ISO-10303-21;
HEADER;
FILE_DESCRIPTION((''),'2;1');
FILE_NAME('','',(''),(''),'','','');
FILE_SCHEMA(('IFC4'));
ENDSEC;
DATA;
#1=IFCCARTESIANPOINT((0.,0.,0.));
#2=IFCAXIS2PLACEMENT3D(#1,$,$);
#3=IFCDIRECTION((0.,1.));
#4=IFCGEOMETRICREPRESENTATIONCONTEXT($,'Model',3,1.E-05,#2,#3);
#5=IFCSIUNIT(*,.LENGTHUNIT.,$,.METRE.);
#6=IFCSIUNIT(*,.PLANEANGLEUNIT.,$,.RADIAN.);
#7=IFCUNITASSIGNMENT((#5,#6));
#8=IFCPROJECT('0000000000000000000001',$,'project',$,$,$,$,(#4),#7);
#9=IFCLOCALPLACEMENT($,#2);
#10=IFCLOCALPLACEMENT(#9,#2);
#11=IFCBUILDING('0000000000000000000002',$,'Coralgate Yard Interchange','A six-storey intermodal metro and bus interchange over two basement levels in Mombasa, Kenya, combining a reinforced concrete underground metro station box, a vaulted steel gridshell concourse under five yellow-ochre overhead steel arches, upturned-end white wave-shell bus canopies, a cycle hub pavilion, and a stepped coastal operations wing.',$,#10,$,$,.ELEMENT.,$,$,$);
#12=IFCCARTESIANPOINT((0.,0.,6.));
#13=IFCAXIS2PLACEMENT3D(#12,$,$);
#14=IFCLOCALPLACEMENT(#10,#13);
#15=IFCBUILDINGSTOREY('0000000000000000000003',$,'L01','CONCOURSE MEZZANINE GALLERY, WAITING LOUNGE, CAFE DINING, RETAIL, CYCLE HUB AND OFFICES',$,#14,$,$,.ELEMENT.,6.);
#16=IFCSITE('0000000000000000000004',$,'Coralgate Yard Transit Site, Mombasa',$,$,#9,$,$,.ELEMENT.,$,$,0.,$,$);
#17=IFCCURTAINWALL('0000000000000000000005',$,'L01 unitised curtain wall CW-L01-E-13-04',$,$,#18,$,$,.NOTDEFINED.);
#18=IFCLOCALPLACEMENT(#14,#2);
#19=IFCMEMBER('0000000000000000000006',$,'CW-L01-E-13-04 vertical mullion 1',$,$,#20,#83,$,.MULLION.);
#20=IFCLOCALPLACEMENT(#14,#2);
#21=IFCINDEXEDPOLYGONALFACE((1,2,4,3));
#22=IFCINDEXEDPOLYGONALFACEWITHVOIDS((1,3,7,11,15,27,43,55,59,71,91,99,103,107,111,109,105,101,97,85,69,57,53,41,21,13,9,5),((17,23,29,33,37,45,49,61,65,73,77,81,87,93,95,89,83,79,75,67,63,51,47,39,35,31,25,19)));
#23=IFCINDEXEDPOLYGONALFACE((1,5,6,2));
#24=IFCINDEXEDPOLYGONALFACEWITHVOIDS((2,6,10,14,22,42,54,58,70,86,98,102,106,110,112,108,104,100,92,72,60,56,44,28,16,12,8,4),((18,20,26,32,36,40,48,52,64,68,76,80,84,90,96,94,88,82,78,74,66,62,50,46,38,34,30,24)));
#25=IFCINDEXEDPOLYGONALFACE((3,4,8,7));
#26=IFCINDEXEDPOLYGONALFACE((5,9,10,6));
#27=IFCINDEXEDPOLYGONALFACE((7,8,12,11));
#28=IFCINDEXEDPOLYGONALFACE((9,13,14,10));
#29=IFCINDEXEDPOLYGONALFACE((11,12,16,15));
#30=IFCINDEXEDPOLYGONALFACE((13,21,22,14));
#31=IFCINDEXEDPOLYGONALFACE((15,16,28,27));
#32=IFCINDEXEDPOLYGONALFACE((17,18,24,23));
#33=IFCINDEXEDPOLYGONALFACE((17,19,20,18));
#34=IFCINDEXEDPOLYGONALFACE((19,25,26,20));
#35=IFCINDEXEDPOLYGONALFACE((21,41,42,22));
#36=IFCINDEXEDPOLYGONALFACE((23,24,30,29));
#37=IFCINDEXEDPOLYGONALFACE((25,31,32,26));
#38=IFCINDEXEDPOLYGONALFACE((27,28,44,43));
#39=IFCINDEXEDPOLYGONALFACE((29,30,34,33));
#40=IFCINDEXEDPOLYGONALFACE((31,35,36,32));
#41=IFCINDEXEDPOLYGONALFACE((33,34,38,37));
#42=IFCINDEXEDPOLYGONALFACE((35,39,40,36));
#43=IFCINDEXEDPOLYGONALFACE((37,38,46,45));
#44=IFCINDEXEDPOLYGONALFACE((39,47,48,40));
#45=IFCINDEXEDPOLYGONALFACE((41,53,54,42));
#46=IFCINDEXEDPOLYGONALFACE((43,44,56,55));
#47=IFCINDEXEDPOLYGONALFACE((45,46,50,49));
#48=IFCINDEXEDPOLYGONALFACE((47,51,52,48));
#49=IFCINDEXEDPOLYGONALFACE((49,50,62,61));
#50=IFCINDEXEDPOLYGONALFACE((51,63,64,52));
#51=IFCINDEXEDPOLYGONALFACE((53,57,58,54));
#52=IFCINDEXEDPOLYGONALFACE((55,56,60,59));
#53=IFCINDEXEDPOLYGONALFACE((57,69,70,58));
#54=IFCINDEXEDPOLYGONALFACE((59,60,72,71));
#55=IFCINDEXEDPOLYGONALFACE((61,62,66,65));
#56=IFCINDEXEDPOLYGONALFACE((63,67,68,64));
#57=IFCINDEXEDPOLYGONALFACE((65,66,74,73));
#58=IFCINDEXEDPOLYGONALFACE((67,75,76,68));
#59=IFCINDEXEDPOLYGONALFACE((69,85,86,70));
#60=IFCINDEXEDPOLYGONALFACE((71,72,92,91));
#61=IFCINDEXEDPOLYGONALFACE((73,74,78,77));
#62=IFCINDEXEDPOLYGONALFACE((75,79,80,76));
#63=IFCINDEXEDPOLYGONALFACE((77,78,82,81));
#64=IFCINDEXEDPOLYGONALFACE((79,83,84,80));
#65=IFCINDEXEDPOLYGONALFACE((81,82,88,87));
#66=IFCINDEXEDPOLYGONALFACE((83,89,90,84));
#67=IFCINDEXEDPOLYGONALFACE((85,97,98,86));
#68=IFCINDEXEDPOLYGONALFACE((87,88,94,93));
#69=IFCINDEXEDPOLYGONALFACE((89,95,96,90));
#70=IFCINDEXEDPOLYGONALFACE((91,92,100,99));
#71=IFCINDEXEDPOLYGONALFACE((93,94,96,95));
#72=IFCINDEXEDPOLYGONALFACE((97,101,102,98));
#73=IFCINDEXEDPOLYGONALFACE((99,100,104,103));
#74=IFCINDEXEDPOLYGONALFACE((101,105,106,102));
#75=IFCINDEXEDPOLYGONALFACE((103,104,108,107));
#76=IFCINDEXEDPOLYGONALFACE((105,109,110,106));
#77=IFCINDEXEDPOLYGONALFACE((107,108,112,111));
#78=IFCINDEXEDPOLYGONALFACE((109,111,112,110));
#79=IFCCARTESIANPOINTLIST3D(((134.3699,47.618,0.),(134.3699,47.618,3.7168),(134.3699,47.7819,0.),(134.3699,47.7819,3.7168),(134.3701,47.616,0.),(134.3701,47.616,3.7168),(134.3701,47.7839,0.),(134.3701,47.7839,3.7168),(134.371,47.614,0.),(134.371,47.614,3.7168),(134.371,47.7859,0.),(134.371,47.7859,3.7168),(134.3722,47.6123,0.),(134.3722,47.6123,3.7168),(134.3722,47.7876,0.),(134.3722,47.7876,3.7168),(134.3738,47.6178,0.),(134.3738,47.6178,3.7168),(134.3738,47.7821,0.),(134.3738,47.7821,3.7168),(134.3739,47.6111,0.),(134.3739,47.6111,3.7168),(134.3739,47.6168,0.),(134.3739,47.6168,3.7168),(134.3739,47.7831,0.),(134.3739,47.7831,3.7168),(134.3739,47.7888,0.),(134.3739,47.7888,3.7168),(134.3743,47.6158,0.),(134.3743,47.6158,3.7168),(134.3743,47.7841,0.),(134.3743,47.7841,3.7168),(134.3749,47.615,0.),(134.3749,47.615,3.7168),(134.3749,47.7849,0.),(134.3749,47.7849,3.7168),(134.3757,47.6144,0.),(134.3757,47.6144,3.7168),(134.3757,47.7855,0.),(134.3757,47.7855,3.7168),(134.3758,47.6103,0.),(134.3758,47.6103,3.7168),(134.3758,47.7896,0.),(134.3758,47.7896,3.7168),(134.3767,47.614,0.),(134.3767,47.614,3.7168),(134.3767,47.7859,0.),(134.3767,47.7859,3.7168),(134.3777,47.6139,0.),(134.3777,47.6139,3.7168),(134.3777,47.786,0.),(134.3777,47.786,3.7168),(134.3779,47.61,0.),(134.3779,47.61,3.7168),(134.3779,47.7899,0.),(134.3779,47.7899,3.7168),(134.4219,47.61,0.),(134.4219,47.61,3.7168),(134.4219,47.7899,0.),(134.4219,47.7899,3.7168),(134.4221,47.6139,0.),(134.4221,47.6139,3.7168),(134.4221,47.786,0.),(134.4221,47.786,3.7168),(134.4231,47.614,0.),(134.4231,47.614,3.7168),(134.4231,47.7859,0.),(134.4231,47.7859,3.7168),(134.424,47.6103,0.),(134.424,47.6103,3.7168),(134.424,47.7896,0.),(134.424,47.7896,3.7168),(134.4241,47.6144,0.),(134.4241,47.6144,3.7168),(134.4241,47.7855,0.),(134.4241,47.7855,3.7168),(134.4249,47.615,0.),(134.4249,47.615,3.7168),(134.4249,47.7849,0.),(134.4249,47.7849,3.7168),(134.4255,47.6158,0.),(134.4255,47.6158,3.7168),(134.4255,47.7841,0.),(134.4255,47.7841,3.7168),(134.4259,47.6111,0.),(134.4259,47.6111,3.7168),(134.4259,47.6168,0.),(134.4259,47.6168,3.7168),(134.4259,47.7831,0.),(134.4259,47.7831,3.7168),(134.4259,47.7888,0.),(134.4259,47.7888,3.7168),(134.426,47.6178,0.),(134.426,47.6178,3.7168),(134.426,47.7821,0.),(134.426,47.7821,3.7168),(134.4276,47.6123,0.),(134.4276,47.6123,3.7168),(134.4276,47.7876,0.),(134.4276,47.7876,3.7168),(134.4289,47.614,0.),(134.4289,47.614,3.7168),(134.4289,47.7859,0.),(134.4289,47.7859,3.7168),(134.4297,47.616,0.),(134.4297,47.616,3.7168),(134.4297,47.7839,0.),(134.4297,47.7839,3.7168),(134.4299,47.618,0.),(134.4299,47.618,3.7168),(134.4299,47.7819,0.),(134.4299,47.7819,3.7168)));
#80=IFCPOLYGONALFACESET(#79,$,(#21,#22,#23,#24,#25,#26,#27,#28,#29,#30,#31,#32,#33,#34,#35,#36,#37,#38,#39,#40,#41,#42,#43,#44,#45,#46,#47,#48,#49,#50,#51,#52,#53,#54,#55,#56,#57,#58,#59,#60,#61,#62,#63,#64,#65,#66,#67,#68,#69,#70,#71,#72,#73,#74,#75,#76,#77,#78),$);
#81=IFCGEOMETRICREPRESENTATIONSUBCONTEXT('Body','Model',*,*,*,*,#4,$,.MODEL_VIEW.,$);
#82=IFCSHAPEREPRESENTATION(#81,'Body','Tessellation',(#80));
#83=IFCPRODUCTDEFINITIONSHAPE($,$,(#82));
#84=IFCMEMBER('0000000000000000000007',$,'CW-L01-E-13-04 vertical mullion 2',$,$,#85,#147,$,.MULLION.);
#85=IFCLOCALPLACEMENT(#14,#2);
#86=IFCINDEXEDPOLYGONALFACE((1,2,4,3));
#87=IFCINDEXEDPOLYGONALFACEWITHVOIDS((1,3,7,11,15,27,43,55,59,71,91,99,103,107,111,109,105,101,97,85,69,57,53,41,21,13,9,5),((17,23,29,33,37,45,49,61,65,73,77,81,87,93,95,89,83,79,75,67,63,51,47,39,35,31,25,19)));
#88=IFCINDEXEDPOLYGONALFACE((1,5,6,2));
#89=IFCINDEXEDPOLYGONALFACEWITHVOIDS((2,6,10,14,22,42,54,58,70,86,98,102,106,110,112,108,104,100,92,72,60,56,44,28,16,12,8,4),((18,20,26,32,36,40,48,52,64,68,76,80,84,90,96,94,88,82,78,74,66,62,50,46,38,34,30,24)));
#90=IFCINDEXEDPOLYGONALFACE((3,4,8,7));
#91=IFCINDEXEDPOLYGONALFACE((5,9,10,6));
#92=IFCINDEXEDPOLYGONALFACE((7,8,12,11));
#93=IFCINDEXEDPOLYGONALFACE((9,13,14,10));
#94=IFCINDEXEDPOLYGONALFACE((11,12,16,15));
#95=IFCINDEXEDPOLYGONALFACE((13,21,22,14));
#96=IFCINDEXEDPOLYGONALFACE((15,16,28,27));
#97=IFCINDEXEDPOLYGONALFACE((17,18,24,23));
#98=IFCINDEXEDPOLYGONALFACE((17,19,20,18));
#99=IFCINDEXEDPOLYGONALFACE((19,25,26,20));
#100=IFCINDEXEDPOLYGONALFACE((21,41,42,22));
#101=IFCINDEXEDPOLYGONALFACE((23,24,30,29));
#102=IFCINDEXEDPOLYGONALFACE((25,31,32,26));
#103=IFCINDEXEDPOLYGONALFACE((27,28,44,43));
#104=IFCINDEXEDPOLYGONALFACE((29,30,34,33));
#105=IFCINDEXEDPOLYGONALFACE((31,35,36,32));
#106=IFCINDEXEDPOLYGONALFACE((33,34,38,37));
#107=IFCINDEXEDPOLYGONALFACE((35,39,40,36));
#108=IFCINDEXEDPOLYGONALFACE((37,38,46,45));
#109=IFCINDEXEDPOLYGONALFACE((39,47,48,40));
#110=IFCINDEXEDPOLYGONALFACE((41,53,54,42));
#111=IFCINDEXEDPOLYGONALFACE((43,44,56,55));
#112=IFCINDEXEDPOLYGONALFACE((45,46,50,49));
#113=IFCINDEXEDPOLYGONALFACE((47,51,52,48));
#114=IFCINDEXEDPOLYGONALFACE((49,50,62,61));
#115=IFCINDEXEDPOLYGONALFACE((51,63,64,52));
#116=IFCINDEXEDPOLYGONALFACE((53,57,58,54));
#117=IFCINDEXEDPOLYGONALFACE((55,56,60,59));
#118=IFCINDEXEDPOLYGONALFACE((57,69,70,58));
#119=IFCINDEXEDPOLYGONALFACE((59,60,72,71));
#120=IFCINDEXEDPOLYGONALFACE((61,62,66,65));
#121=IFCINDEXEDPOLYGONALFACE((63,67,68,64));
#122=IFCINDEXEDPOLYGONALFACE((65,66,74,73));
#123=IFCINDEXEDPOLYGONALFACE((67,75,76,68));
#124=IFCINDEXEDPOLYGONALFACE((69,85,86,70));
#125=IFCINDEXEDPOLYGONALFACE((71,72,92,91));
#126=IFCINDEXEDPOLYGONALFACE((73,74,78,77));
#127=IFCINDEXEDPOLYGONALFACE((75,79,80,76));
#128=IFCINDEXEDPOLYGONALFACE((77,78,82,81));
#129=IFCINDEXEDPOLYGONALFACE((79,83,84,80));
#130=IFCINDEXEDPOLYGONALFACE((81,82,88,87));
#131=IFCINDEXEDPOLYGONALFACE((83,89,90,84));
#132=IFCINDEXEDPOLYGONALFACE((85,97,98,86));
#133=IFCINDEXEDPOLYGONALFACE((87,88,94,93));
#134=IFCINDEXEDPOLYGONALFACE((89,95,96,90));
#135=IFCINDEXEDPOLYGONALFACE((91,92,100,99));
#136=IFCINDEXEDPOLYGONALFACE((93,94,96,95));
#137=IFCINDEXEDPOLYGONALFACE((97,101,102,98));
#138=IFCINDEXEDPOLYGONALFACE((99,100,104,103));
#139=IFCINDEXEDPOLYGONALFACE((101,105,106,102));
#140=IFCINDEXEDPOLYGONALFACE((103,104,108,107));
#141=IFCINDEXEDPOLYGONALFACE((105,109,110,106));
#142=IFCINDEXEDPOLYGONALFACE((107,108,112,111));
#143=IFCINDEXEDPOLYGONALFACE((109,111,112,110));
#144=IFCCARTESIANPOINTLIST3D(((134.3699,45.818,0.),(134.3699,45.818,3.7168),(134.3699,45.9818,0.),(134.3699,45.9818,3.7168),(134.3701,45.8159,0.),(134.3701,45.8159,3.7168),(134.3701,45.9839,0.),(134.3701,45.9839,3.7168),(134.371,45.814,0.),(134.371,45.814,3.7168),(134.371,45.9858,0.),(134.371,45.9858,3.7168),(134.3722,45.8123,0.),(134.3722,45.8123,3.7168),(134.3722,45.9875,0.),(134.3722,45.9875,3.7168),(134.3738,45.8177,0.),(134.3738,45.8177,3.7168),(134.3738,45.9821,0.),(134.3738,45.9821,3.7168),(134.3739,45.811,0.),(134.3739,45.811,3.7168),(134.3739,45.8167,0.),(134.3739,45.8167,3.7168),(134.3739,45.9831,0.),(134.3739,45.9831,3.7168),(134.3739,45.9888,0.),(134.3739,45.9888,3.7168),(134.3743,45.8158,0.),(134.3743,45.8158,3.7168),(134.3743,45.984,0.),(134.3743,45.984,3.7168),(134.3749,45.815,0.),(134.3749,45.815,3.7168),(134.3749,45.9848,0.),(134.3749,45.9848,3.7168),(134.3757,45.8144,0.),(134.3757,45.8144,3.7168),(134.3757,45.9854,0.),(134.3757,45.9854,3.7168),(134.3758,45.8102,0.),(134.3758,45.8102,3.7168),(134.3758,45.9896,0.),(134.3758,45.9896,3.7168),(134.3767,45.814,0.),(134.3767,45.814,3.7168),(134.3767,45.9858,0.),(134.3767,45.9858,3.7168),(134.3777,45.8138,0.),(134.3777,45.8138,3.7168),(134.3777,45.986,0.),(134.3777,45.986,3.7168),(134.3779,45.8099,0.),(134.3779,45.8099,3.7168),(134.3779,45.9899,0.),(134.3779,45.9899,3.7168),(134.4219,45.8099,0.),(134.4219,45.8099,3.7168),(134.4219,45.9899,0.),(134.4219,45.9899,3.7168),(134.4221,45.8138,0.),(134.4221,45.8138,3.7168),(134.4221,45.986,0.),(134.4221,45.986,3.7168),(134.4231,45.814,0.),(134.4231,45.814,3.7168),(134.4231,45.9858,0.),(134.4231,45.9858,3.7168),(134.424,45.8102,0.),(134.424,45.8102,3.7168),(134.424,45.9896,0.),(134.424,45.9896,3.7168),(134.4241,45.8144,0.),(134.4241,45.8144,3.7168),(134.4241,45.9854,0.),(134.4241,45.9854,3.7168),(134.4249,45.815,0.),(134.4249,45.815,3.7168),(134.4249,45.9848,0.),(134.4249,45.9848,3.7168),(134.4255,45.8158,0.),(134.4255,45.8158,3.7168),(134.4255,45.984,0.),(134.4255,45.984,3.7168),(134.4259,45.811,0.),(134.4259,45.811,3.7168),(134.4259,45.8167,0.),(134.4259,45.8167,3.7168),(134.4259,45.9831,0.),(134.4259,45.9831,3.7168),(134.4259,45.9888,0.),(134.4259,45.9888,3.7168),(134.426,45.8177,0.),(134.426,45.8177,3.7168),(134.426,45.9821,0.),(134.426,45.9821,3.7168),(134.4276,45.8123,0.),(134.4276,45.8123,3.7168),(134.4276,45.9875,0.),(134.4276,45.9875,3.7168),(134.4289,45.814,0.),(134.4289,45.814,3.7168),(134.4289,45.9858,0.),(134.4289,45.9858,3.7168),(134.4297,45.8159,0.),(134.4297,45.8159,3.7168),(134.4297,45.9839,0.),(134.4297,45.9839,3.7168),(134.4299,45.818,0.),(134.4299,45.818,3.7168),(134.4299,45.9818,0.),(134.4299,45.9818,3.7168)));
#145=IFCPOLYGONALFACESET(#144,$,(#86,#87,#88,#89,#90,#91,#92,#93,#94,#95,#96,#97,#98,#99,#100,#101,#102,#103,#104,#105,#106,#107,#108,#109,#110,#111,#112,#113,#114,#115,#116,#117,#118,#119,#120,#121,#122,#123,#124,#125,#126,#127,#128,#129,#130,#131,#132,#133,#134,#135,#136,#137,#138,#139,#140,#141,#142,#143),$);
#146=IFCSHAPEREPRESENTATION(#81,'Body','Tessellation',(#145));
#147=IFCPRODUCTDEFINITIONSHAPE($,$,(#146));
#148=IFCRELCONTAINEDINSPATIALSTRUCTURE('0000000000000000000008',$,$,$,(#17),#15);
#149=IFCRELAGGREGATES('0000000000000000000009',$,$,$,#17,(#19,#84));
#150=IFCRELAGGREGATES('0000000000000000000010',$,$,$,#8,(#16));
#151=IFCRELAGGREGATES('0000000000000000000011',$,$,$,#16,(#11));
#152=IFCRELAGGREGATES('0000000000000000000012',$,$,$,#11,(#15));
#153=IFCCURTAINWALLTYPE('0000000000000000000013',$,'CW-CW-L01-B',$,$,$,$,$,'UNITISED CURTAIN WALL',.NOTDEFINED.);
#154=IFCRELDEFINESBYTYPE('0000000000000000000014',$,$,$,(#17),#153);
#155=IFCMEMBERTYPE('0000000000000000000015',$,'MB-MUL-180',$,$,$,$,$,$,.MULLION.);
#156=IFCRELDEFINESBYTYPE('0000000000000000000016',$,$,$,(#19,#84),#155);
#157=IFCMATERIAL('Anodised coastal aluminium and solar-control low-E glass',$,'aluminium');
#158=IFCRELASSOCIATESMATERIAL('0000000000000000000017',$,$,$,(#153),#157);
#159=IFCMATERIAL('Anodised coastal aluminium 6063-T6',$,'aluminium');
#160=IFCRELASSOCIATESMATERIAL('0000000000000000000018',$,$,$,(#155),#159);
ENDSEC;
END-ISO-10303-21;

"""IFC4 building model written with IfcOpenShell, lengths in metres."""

from ifc_helpers import new_model, si_unit, direction, frame, origin, origin_2d, place, context, subcontext, project, spatial, hollow_rectangle, extrude, material, material_profile, profile_set, type_object, element, aggregate, save


model = new_model("IFC4")

# Units and contexts
model_context = context("Model", 3, precision=1e-05, world=origin(), true_north=direction((0.0, 1.0)))
body_context = subcontext(model_context, "Body", "Model", "MODEL_VIEW")
ifc_project = project(units=[si_unit("LENGTHUNIT", "METRE"), si_unit("PLANEANGLEUNIT", "RADIAN")], contexts=[model_context])

# Site, building, storey
site_placement = place(None, origin())
site = spatial("IfcSite", under=ifc_project, at=site_placement, Name="Coralgate Yard Transit Site, Mombasa", CompositionType="ELEMENT", RefElevation=0.0)
building_placement = place(site_placement, origin())
building = spatial("IfcBuilding", under=site, at=building_placement, Name="Coralgate Yard Interchange", Description="A six-storey intermodal metro and bus interchange over two basement levels in Mombasa, Kenya, combining a reinforced concrete underground metro station box, a vaulted steel gridshell concourse under five yellow-ochre overhead steel arches, upturned-end white wave-shell bus canopies, a cycle hub pavilion, and a stepped coastal operations wing.", CompositionType="ELEMENT")
storey_placement = place(building_placement, frame((0.0, 0.0, 6.0)))
storey = spatial("IfcBuildingStorey", under=building, at=storey_placement, Name="L01", Description="CONCOURSE MEZZANINE GALLERY, WAITING LOUNGE, CAFE DINING, RETAIL, CYCLE HUB AND OFFICES", CompositionType="ELEMENT", Elevation=6.0)

# Curtain wall, members
ifc_material_1 = material(Name="Anodised coastal aluminium and solar-control low-E glass", Category="aluminium")
curtain_wall_type = type_object("IfcCurtainWallType", Name="CW-CW-L01-B", ElementType="UNITISED CURTAIN WALL", PredefinedType="NOTDEFINED", material=ifc_material_1)
curtain_wall_placement = place(storey_placement, origin())
curtain_wall = element("IfcCurtainWall", 1, at=curtain_wall_placement, inside=storey, type_object=curtain_wall_type, Name="L01 unitised curtain wall CW-L01-E-13-04", PredefinedType="NOTDEFINED")
ifc_material_2 = material(Name="Anodised coastal aluminium 6063-T6", Category="aluminium")
ifc_material_profile_1 = material_profile(ifc_material_2, hollow_rectangle(XDim=0.0601, YDim=0.1799, WallThickness=0.0039, InnerFilletRadius=0.0039, OuterFilletRadius=0.0081, at=origin_2d()), Name="ALU 60x180x4")
ifc_profile_set_1 = profile_set([ifc_material_profile_1], Name="Anodised coastal aluminium 6063-T6")
member_type_1 = type_object("IfcMemberType", Name="MB-MUL-180", PredefinedType="MULLION", material=ifc_profile_set_1)
member_1_placement = place(storey_placement, frame((134.3999, 47.7, 0.0), z_axis=(0.0, 0.0, 1.0), x_axis=(1.0, 0.0, 0.0)))
member_1 = element("IfcMember", 2, at=member_1_placement, type_object=member_type_1, Name="CW-L01-E-13-04 vertical mullion 1", PredefinedType="MULLION", context=body_context, shape_type="SweptSolid", body=[
    extrude(hollow_rectangle(XDim=0.0601, YDim=0.1799, WallThickness=0.0039, InnerFilletRadius=0.0039, OuterFilletRadius=0.0081, at=origin_2d()), origin(), (0.0, 0.0, 1.0), 3.7168),
])
member_2_placement = place(storey_placement, frame((134.3999, 45.8999, 0.0), z_axis=(0.0, 0.0, 1.0), x_axis=(1.0, 0.0, 0.0)))
member_2 = element("IfcMember", 3, at=member_2_placement, type_object=member_type_1, Name="CW-L01-E-13-04 vertical mullion 2", PredefinedType="MULLION", context=body_context, shape_type="SweptSolid", body=[
    extrude(hollow_rectangle(XDim=0.0601, YDim=0.1799, WallThickness=0.0039, InnerFilletRadius=0.0039, OuterFilletRadius=0.0081, at=origin_2d()), origin(), (0.0, 0.0, 1.0), 3.7168),
])
aggregate(curtain_wall, [member_1, member_2])

save(model, "model.ifc")
